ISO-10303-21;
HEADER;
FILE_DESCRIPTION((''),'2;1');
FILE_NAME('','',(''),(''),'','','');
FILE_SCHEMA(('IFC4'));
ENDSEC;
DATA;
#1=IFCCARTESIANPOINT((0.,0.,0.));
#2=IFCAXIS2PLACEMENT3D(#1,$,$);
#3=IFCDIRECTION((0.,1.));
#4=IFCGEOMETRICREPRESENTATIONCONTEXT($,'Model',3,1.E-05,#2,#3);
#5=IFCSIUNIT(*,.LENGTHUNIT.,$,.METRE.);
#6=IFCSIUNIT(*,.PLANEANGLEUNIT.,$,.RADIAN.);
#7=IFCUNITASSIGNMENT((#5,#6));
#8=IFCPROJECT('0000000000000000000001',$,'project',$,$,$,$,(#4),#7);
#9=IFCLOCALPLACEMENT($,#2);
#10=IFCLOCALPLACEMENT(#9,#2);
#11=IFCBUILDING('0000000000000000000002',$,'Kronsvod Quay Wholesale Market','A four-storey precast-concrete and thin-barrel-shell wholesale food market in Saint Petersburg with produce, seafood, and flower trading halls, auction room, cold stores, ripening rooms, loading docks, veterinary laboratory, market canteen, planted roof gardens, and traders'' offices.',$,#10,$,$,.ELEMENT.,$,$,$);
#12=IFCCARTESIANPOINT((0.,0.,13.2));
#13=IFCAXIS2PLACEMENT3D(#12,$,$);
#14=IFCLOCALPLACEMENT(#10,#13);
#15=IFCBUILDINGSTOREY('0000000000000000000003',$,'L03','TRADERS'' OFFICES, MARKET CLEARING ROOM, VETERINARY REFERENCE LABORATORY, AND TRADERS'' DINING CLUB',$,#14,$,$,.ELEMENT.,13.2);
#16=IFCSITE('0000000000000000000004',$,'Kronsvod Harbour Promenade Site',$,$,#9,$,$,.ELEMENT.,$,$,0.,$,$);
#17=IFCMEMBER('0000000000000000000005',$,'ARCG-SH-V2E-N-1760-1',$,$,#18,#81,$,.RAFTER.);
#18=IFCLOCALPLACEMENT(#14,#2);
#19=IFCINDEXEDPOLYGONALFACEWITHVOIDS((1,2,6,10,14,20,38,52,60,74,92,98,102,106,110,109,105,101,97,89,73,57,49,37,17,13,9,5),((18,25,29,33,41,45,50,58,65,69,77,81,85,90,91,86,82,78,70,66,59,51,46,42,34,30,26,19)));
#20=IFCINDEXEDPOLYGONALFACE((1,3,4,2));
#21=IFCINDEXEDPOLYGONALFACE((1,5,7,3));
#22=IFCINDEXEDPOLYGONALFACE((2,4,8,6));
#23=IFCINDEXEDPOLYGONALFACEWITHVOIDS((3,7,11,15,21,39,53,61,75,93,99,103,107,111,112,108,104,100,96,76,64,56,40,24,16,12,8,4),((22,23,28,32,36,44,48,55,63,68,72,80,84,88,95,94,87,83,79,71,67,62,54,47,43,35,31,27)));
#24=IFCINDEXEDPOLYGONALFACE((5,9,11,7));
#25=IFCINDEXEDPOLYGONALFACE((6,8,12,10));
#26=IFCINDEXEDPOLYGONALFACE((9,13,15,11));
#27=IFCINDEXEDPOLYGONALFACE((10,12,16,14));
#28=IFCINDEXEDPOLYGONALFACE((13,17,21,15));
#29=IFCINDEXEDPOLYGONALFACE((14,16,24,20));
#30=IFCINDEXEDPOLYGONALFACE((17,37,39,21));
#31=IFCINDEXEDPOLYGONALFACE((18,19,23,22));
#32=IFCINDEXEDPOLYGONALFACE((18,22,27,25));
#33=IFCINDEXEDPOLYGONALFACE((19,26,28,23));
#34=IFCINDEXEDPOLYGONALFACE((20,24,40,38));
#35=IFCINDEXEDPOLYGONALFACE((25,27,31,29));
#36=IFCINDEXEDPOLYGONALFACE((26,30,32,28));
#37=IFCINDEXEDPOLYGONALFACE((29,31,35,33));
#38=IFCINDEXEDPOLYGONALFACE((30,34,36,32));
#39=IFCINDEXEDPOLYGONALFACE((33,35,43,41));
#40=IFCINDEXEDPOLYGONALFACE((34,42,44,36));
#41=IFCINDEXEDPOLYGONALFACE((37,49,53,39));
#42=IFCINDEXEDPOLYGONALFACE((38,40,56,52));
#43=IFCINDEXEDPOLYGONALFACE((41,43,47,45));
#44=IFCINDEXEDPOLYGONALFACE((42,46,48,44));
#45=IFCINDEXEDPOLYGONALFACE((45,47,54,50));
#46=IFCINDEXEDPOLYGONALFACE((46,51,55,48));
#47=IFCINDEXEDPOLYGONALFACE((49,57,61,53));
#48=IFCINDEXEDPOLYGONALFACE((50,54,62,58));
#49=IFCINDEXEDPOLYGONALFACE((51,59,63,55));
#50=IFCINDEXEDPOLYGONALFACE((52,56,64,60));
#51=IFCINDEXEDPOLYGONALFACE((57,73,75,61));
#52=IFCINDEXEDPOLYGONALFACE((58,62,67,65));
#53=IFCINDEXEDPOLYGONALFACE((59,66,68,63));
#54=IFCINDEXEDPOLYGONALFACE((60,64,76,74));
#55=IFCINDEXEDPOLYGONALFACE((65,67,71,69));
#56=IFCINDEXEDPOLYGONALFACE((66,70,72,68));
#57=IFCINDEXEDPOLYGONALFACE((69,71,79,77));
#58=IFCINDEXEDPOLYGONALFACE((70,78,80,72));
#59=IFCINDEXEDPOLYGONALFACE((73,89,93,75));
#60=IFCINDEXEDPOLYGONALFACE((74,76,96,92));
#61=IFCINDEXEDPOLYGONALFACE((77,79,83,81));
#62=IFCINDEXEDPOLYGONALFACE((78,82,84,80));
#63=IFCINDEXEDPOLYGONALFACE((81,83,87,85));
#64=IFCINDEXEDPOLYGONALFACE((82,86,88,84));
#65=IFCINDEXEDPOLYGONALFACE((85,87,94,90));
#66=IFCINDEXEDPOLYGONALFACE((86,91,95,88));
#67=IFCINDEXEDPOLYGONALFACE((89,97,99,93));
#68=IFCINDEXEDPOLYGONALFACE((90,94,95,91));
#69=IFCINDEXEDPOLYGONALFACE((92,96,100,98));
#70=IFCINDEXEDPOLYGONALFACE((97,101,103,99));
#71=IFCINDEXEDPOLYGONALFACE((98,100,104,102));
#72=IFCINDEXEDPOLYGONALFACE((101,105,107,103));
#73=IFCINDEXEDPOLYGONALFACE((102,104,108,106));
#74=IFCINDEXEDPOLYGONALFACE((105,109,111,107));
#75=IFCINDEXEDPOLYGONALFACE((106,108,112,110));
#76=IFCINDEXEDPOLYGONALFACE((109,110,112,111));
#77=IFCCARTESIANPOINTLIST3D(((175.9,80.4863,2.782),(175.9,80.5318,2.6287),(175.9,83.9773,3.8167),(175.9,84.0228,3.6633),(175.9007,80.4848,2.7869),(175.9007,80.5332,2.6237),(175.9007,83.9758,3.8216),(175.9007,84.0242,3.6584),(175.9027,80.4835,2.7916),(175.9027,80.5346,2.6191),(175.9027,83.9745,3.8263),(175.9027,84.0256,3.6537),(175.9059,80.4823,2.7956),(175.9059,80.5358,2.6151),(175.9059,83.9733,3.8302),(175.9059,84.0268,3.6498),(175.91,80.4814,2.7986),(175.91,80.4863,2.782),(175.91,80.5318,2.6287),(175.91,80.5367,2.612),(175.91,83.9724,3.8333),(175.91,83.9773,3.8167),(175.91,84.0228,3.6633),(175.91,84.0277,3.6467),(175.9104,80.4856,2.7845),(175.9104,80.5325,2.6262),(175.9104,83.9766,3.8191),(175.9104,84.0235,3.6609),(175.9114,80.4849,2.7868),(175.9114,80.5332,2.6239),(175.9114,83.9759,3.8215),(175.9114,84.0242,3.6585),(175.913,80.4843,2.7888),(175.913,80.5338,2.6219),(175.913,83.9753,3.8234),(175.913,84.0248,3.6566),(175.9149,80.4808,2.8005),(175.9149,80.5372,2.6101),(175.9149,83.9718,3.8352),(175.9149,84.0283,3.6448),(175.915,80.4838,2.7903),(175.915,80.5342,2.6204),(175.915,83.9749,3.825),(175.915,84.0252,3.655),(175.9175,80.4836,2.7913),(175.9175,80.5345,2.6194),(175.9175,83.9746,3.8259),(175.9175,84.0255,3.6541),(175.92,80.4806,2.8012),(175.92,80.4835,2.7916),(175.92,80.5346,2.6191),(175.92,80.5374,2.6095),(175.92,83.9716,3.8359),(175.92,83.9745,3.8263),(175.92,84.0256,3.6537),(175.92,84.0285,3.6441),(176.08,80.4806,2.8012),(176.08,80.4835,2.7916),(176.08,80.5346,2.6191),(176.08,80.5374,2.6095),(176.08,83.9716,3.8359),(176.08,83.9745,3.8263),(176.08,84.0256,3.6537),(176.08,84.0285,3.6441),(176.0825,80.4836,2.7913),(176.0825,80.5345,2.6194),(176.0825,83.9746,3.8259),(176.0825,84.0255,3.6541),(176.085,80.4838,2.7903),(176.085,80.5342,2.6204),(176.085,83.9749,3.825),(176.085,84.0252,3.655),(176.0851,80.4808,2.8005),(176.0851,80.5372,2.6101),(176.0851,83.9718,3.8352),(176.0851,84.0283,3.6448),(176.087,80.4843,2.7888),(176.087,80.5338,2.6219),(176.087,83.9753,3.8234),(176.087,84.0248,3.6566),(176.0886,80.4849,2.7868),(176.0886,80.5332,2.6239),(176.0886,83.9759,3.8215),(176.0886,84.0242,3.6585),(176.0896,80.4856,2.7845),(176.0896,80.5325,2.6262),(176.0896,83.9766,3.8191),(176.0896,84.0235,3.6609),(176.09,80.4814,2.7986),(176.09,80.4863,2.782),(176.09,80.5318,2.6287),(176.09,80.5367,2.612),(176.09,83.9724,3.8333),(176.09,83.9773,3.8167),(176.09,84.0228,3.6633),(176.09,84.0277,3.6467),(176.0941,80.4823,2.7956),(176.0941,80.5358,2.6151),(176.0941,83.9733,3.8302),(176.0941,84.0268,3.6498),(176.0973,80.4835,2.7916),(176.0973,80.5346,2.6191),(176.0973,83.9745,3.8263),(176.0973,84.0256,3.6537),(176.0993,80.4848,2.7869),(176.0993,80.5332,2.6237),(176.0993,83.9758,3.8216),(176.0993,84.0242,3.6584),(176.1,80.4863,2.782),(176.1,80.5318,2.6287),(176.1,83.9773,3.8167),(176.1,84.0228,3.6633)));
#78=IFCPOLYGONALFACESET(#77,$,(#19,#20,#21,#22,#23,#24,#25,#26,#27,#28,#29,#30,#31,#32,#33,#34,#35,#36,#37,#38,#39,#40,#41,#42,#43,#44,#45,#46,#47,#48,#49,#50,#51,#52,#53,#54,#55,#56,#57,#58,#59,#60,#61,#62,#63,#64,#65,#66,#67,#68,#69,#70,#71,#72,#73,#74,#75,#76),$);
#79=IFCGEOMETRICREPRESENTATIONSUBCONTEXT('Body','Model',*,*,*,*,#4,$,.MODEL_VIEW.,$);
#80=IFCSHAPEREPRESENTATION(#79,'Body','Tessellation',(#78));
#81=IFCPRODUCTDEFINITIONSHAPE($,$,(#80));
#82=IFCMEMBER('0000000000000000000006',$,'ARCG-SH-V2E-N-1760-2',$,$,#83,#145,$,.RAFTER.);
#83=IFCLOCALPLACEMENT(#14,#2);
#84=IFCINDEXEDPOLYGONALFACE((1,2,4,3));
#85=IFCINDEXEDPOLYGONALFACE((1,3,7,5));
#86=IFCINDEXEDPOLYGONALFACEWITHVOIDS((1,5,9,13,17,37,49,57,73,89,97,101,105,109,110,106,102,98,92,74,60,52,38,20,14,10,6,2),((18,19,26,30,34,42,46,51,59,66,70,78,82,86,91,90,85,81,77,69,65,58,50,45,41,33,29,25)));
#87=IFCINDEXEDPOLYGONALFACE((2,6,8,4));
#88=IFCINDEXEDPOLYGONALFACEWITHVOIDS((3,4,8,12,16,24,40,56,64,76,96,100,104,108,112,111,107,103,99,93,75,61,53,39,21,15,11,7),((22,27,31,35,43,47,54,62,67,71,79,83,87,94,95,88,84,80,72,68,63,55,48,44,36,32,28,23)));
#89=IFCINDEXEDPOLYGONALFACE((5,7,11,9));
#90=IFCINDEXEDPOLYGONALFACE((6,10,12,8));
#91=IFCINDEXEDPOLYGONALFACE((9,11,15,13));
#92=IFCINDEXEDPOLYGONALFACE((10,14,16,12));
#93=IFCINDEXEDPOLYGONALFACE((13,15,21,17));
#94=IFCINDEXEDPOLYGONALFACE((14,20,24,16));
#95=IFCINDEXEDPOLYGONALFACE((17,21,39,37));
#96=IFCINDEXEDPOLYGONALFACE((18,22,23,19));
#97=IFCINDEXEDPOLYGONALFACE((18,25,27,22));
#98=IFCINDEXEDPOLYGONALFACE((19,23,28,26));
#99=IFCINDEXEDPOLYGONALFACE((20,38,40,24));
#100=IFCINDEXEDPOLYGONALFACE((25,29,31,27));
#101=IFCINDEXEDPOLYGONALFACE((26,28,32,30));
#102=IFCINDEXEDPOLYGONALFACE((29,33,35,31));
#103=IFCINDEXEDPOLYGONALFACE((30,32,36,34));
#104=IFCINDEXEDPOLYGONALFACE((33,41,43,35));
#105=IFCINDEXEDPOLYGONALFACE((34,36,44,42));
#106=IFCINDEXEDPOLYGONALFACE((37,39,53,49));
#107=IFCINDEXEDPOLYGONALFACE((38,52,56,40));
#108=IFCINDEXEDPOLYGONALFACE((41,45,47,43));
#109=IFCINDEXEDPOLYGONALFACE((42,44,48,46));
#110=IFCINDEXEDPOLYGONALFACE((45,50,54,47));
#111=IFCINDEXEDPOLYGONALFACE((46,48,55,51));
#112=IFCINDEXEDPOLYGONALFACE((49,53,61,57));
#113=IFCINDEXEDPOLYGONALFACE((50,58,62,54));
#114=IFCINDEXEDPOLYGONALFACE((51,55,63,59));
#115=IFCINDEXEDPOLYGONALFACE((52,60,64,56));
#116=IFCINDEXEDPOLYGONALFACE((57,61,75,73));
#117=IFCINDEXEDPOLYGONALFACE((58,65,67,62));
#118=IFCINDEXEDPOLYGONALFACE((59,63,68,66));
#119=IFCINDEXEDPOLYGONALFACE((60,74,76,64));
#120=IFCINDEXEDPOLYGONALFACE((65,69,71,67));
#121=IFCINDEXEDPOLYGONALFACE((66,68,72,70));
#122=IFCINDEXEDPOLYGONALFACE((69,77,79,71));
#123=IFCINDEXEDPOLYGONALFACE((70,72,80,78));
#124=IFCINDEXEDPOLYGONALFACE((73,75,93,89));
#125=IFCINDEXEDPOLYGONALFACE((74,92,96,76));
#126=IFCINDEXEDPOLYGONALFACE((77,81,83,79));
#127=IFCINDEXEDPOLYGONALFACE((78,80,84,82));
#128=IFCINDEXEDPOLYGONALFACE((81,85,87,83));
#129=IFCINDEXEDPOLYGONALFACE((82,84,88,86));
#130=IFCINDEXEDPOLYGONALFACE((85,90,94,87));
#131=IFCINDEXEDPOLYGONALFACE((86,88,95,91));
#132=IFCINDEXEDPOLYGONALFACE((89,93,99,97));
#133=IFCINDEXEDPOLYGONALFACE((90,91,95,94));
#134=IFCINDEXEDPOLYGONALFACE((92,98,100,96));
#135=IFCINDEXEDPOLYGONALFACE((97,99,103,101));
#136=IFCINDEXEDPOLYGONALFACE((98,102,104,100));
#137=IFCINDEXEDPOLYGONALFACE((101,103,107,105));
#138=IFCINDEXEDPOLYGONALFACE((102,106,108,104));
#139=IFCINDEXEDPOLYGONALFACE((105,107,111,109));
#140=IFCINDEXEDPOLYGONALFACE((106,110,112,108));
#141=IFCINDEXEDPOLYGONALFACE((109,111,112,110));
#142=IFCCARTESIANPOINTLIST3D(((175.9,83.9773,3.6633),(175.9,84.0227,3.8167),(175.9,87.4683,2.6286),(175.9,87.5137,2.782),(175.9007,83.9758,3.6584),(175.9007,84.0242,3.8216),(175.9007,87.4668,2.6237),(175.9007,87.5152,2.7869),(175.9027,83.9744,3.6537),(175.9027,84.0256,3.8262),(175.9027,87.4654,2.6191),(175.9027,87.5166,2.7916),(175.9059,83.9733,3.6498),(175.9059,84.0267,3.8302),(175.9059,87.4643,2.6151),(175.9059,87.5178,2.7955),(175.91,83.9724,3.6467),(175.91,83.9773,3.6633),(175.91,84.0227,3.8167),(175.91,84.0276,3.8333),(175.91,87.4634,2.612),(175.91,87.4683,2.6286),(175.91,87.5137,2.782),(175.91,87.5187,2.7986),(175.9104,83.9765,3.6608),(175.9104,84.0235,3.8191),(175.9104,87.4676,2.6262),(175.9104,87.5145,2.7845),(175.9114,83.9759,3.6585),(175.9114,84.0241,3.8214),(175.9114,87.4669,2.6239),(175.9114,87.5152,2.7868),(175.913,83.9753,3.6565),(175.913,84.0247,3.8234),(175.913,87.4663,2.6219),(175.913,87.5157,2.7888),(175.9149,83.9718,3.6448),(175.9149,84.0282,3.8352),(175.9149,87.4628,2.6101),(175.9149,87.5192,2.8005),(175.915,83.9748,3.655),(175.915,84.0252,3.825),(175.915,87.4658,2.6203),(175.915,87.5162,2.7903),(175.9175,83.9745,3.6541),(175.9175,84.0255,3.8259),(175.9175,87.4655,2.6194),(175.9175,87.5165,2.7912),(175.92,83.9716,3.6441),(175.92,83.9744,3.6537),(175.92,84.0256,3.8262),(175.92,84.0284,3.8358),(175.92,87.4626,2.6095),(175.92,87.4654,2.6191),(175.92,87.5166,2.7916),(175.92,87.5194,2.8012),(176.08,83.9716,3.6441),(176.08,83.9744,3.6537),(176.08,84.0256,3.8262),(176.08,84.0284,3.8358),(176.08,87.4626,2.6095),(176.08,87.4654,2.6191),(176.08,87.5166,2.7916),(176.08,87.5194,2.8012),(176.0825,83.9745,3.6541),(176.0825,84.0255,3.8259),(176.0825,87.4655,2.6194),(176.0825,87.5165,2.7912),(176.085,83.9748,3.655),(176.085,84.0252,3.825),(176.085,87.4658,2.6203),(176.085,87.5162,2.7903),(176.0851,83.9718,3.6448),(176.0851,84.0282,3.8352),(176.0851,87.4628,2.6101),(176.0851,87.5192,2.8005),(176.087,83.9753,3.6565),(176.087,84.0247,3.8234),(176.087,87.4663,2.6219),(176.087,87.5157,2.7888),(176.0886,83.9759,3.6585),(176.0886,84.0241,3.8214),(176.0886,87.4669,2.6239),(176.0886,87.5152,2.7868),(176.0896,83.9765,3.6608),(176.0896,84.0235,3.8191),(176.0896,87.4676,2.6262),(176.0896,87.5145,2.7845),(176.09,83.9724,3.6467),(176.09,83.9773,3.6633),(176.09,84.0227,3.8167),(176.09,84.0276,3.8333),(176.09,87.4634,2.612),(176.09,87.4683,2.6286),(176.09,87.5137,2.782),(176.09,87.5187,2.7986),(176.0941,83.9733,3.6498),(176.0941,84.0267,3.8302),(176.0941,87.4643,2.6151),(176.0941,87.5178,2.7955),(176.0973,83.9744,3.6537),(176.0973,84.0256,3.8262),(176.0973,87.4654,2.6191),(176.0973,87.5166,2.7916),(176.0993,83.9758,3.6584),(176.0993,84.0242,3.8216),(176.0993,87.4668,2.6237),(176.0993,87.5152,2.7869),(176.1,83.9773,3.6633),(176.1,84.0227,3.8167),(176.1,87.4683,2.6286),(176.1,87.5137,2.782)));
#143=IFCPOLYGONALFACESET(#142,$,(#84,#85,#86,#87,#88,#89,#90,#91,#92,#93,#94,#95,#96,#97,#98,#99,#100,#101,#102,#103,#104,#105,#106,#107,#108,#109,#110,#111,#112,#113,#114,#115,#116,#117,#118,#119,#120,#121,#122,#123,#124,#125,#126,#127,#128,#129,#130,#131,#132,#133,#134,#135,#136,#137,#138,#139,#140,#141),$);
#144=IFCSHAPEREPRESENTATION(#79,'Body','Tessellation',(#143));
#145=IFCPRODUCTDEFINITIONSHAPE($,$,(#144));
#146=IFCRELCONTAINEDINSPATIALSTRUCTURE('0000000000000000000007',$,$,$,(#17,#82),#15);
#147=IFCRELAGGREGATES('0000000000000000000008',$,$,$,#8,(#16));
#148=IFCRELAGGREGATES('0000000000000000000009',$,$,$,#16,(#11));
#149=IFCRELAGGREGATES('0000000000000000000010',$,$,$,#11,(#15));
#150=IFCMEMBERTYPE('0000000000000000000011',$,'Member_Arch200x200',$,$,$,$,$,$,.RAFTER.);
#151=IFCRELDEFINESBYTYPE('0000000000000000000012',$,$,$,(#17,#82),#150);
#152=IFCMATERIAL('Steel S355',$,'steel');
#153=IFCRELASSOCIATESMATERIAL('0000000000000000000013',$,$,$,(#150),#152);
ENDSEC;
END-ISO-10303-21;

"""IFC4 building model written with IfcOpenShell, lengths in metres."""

from ifc_helpers import new_model, si_unit, direction, frame, origin, origin_2d, place, context, subcontext, project, spatial, hollow_rectangle, extrude, material, material_profile, profile_set, type_object, element, save


model = new_model("IFC4")

# Units and contexts
model_context = context("Model", 3, precision=1e-05, world=origin(), true_north=direction((0.0, 1.0)))
body_context = subcontext(model_context, "Body", "Model", "MODEL_VIEW")
ifc_project = project(units=[si_unit("LENGTHUNIT", "METRE"), si_unit("PLANEANGLEUNIT", "RADIAN")], contexts=[model_context])

# Site, building, storey
site_placement = place(None, origin())
site = spatial("IfcSite", under=ifc_project, at=site_placement, Name="Kronsvod Harbour Promenade Site", CompositionType="ELEMENT", RefElevation=0.0)
building_placement = place(site_placement, origin())
building = spatial("IfcBuilding", under=site, at=building_placement, Name="Kronsvod Quay Wholesale Market", Description="A four-storey precast-concrete and thin-barrel-shell wholesale food market in Saint Petersburg with produce, seafood, and flower trading halls, auction room, cold stores, ripening rooms, loading docks, veterinary laboratory, market canteen, planted roof gardens, and traders' offices.", CompositionType="ELEMENT")
storey_placement = place(building_placement, frame((0.0, 0.0, 13.2)))
storey = spatial("IfcBuildingStorey", under=building, at=storey_placement, Name="L03", Description="TRADERS' OFFICES, MARKET CLEARING ROOM, VETERINARY REFERENCE LABORATORY, AND TRADERS' DINING CLUB", CompositionType="ELEMENT", Elevation=13.2)

# Members
ifc_material_1 = material(Name="Steel S355", Category="steel")
ifc_material_profile_1 = material_profile(ifc_material_1, hollow_rectangle(XDim=0.2, YDim=0.2, WallThickness=0.01, InnerFilletRadius=0.01, OuterFilletRadius=0.02, at=origin_2d()), Name="RHS200x200x10")
ifc_profile_set_1 = profile_set([ifc_material_profile_1], Name="Steel S355")
member_type_1 = type_object("IfcMemberType", Name="Member_Arch200x200", PredefinedType="RAFTER", material=ifc_profile_set_1)
for number, where, z_axis, x_axis, name in (
    (1, (176.0, 80.509, 2.7053), (0.0, 0.958775, 0.284166), (-1.0, 0.0, 0.0), "ARCG-SH-V2E-N-1760-1"),
    (2, (176.0, 84.0, 3.74), (0.0, 0.958775, -0.284166), (-1.0, 0.0, 0.0), "ARCG-SH-V2E-N-1760-2"),
):
    element("IfcMember", number, at=place(storey_placement, frame(where, z_axis=z_axis, x_axis=x_axis)), inside=storey, type_object=member_type_1, Name=name, PredefinedType="RAFTER", context=body_context, shape_type="SweptSolid", body=[
        extrude(hollow_rectangle(XDim=0.2, YDim=0.2, WallThickness=0.01, InnerFilletRadius=0.01, OuterFilletRadius=0.02, at=origin_2d()), origin(), (0.0, 0.0, 1.0), 3.6411),
    ])

save(model, "model.ifc")
